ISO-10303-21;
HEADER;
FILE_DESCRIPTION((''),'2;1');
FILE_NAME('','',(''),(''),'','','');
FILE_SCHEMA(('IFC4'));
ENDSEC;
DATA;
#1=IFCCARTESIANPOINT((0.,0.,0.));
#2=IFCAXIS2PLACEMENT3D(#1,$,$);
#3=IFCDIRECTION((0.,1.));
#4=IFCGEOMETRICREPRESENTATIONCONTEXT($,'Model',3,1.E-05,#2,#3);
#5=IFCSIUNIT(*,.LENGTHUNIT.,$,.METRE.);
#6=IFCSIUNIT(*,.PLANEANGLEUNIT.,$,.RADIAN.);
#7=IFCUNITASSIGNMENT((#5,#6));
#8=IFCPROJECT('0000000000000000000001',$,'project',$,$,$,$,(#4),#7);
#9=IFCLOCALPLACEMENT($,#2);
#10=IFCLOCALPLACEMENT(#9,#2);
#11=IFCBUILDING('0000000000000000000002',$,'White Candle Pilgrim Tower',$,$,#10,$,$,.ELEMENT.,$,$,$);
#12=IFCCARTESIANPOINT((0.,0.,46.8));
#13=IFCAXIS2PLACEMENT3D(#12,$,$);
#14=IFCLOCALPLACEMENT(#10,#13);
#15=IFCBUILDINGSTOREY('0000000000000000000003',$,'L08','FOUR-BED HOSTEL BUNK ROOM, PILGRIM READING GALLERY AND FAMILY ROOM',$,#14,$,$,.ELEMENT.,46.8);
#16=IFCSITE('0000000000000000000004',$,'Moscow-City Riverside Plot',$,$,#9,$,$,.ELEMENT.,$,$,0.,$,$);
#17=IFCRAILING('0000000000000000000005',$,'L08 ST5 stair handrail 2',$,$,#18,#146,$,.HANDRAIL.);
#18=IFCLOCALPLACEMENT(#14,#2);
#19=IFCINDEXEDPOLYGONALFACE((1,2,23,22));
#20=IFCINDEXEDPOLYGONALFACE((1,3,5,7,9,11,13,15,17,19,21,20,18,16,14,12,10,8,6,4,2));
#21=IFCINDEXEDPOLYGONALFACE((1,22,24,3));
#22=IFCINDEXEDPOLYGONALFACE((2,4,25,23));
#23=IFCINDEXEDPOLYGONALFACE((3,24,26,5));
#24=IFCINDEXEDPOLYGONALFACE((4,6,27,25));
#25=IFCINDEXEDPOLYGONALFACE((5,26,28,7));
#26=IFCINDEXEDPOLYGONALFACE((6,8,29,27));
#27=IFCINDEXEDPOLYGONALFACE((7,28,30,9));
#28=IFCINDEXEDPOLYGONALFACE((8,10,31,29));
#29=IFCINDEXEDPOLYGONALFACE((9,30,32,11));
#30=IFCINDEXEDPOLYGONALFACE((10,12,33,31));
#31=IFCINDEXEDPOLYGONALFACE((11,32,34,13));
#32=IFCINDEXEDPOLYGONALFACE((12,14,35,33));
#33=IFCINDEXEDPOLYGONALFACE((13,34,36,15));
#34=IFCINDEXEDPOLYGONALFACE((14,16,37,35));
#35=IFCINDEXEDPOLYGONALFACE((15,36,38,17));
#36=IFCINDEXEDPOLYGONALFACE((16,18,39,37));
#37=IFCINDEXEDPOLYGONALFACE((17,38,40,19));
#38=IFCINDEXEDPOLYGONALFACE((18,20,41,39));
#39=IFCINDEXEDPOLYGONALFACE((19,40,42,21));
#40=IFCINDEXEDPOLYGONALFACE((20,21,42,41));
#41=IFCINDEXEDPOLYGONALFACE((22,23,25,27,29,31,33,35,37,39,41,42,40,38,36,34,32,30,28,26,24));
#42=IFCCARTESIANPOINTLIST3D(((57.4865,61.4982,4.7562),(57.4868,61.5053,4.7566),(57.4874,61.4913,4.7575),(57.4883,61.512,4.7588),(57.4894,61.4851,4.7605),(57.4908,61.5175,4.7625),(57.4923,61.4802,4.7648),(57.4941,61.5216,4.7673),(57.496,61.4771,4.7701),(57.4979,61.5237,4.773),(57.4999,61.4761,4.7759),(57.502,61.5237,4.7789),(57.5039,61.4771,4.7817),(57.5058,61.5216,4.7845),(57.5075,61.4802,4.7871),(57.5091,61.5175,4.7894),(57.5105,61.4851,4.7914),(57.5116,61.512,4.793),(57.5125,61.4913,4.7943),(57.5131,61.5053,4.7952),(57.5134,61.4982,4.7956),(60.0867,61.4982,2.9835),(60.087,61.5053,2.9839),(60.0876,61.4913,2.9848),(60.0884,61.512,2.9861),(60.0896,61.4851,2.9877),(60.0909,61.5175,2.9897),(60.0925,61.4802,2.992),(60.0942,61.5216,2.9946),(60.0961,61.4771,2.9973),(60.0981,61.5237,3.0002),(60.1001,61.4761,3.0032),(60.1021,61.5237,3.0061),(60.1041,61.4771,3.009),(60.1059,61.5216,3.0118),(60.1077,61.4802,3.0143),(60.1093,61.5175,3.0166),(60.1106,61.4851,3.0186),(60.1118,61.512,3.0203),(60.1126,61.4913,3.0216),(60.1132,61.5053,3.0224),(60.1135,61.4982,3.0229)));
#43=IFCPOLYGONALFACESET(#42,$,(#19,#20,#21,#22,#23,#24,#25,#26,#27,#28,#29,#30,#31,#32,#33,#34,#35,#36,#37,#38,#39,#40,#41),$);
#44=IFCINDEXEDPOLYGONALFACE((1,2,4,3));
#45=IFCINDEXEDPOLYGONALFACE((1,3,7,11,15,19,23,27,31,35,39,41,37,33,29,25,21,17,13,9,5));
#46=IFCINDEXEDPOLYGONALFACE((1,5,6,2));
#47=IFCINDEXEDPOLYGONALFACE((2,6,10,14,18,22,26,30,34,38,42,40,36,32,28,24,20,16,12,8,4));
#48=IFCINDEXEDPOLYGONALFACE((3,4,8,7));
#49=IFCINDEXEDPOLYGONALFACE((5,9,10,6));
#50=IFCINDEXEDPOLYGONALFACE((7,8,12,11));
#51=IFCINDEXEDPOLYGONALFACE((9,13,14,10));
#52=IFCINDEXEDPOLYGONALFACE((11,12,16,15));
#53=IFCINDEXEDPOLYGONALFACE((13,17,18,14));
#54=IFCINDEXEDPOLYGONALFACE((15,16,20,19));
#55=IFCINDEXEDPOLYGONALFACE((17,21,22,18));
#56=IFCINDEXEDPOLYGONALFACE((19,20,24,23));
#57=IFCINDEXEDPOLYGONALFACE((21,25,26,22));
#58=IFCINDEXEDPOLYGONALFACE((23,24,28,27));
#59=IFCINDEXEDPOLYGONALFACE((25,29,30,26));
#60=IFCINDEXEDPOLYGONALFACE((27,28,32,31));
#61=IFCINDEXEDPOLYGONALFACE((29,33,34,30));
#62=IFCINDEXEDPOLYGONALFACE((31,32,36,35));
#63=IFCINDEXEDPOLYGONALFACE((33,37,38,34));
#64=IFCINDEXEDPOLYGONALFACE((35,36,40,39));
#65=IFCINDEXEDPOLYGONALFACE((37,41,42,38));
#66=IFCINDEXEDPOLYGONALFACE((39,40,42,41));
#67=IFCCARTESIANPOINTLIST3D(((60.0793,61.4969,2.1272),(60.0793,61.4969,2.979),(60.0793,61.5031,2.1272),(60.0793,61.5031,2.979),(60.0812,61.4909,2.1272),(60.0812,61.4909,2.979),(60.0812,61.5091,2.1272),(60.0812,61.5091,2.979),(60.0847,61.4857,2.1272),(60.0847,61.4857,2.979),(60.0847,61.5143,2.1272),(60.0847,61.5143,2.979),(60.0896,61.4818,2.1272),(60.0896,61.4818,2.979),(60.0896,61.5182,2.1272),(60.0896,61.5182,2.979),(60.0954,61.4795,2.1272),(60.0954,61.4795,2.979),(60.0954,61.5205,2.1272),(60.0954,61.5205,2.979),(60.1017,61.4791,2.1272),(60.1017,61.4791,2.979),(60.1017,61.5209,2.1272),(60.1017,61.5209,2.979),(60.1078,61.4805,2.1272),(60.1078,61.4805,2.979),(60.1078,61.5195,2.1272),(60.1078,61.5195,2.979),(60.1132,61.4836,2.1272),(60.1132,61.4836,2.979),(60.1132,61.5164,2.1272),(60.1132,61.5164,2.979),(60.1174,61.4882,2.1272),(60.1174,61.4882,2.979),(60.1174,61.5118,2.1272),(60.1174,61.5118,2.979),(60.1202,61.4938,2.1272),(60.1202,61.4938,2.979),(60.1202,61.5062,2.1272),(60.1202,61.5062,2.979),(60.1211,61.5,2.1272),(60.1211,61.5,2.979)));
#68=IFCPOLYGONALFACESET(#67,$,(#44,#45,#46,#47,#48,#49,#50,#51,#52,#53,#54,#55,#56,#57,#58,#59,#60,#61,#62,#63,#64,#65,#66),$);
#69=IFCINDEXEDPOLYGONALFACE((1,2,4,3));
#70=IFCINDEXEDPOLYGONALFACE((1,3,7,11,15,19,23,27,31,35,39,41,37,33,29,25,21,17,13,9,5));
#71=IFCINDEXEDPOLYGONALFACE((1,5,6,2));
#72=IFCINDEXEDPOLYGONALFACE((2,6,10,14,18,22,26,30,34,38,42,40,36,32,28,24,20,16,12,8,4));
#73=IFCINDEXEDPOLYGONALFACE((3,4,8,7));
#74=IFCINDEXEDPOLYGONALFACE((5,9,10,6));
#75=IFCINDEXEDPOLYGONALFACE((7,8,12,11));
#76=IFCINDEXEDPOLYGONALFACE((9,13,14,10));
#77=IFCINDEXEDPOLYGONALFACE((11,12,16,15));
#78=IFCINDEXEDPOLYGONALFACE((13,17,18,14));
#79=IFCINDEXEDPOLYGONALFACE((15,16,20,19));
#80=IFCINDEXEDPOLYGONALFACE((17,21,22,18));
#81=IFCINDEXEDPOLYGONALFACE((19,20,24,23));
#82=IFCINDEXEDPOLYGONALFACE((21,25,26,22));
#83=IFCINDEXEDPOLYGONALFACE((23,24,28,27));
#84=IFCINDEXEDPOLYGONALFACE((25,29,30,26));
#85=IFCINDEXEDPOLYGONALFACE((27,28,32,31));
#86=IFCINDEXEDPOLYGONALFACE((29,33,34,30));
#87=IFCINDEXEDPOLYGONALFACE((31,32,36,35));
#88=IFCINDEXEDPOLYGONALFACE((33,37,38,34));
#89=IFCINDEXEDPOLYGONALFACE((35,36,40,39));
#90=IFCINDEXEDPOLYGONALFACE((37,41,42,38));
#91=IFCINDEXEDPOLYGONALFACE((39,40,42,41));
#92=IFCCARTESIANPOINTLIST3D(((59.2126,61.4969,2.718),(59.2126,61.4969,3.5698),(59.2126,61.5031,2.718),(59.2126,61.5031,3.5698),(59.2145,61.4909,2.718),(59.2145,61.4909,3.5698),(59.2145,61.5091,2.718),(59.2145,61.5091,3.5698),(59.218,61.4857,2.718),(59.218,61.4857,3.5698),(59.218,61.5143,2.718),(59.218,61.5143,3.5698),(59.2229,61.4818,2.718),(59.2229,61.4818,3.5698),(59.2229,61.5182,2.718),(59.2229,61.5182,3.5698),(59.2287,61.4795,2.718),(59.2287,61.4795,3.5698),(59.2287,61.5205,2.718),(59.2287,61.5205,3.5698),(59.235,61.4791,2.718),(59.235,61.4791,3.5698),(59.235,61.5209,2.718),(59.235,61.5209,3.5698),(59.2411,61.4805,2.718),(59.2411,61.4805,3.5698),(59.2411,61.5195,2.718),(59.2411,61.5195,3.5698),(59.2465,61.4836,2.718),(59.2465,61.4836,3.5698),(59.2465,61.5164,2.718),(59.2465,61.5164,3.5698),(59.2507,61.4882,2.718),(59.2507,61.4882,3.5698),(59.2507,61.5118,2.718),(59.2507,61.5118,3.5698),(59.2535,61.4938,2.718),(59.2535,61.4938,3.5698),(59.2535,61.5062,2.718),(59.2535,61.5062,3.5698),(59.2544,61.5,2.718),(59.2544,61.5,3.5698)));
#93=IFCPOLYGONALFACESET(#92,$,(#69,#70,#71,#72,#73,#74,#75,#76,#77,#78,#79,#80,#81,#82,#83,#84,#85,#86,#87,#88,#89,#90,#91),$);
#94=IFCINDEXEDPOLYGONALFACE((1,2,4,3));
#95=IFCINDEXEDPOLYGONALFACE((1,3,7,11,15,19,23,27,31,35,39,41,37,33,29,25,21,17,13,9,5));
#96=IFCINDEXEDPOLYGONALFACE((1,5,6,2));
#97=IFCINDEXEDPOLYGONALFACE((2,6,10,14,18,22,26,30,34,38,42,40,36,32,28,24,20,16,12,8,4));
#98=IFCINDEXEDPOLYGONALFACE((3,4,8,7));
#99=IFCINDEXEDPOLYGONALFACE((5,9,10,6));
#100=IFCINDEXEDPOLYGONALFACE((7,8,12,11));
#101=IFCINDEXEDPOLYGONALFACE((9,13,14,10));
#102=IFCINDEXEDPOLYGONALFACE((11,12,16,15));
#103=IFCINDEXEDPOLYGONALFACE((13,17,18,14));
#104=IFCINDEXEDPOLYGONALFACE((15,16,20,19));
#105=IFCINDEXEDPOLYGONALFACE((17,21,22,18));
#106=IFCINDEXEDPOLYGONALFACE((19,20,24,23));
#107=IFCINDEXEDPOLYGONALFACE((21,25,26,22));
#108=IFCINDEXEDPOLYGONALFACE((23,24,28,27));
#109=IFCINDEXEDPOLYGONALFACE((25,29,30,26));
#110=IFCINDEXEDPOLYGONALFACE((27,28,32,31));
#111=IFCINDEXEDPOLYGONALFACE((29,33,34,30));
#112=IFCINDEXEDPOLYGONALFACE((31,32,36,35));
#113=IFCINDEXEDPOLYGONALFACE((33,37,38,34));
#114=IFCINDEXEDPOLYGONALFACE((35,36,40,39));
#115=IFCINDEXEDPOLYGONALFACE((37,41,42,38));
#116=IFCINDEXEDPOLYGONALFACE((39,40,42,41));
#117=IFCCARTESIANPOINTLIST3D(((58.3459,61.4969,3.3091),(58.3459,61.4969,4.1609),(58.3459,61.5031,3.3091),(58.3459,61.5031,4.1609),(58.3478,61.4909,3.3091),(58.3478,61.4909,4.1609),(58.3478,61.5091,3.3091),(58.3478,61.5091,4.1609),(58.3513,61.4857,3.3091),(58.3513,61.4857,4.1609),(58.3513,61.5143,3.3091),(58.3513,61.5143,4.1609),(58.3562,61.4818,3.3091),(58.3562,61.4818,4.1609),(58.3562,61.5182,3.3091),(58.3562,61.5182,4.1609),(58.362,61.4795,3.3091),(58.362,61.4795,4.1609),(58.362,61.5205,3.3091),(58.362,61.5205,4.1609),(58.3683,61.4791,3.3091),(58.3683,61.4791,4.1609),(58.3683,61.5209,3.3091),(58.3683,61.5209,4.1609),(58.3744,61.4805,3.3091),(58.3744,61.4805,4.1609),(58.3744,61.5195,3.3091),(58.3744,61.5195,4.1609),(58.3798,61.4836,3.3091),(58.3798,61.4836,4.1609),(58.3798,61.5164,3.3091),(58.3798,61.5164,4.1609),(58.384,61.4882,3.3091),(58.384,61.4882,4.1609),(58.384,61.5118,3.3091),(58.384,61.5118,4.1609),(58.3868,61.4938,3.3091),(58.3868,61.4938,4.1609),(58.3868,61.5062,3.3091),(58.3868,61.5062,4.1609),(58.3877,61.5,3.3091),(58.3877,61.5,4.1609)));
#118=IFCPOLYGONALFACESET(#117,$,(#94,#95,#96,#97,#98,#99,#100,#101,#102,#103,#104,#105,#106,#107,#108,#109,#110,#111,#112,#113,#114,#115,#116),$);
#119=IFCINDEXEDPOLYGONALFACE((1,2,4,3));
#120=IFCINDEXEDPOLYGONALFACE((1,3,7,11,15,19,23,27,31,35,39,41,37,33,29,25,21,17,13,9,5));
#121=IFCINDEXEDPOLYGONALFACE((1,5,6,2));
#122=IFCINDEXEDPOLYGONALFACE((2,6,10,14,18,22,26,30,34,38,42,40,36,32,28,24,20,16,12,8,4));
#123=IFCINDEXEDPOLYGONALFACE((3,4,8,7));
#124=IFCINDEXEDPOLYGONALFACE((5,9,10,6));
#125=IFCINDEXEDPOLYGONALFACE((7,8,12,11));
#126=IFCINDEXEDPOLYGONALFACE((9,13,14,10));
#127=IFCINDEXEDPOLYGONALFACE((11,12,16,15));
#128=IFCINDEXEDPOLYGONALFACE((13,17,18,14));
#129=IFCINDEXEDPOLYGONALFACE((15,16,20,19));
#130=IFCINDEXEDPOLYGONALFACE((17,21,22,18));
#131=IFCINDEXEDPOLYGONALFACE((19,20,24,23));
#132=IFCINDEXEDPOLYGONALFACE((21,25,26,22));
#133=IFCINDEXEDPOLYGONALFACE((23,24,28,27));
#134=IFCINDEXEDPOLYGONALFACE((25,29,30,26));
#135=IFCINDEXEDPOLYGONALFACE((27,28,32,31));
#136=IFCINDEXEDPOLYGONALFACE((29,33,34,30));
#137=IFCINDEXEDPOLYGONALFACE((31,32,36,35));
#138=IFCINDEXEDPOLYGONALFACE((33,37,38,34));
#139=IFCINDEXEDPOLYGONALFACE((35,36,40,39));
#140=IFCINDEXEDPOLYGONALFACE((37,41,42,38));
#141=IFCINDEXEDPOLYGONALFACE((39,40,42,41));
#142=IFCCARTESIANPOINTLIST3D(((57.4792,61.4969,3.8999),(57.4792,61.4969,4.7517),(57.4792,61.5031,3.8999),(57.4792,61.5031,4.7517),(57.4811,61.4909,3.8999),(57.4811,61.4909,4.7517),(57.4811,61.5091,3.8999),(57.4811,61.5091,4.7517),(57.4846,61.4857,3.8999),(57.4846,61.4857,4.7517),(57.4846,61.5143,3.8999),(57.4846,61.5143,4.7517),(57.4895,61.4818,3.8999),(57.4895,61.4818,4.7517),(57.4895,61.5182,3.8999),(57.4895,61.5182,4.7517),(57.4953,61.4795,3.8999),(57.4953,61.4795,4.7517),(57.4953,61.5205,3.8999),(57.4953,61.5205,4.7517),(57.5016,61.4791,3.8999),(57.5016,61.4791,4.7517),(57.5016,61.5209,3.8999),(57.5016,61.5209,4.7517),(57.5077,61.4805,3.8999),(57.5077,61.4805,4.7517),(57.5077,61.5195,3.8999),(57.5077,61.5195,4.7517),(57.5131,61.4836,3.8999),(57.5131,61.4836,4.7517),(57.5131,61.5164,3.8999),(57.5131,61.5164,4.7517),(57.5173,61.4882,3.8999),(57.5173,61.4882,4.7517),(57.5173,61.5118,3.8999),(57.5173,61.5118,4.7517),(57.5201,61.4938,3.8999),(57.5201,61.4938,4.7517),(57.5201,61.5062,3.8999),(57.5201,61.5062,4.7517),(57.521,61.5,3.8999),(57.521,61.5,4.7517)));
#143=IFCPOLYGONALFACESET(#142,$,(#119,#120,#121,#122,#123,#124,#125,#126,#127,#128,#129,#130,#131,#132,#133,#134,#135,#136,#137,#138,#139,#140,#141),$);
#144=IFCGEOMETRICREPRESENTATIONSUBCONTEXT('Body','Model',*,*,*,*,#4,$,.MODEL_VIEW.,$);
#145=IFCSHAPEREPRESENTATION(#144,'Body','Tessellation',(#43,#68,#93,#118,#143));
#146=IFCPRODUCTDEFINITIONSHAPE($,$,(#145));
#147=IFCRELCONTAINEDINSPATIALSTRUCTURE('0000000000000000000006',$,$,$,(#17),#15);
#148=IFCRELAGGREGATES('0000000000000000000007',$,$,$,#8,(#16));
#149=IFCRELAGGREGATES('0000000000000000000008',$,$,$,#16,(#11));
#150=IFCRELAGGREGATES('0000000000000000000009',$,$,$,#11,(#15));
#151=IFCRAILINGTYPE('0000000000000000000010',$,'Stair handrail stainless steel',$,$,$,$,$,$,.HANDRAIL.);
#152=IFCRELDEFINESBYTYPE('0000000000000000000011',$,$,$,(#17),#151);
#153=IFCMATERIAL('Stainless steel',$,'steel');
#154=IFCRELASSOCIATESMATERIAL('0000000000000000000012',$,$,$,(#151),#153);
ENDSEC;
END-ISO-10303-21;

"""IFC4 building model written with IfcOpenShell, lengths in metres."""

from ifc_helpers import new_model, si_unit, direction, frame, origin, origin_2d, place, context, subcontext, project, spatial, circle, extrude, material, type_object, element, save


model = new_model("IFC4")

# Units and contexts
model_context = context("Model", 3, precision=1e-05, world=origin(), true_north=direction((0.0, 1.0)))
body_context = subcontext(model_context, "Body", "Model", "MODEL_VIEW")
ifc_project = project(units=[si_unit("LENGTHUNIT", "METRE"), si_unit("PLANEANGLEUNIT", "RADIAN")], contexts=[model_context])

# Site, building, storey
site_placement = place(None, origin())
site = spatial("IfcSite", under=ifc_project, at=site_placement, Name="Moscow-City Riverside Plot", CompositionType="ELEMENT", RefElevation=0.0)
building_placement = place(site_placement, origin())
building = spatial("IfcBuilding", under=site, at=building_placement, Name="White Candle Pilgrim Tower", CompositionType="ELEMENT")
storey_placement = place(building_placement, frame((0.0, 0.0, 46.8)))
storey = spatial("IfcBuildingStorey", under=building, at=storey_placement, Name="L08", Description="FOUR-BED HOSTEL BUNK ROOM, PILGRIM READING GALLERY AND FAMILY ROOM", CompositionType="ELEMENT", Elevation=46.8)

# Railing
ifc_material_1 = material(Name="Stainless steel", Category="steel")
railing_type_1 = type_object("IfcRailingType", Name="Stair handrail stainless steel", PredefinedType="HANDRAIL", material=ifc_material_1)
railing_1_placement = place(storey_placement, frame((60.1001, 61.5, 2.1272)))
element("IfcRailing", 1, at=railing_1_placement, inside=storey, type_object=railing_type_1, Name="L08 ST5 stair handrail 2", PredefinedType="HANDRAIL", context=body_context, shape_type="SweptSolid", body=[
    extrude(circle(Radius=0.0239, at=origin_2d()), frame((0.0, 0.0, 0.876), z_axis=(-0.82624, 0.0, 0.563318), x_axis=(0.0, -1.0, 0.0)), (0.0, 0.0, 1.0), 3.147),
    extrude(circle(Radius=0.021, at=origin_2d()), origin(), (0.0, 0.0, 1.0), 0.8518),
    extrude(circle(Radius=0.021, at=origin_2d()), frame((-0.8667, 0.0, 0.5908)), (0.0, 0.0, 1.0), 0.8518),
    extrude(circle(Radius=0.021, at=origin_2d()), frame((-1.7334, 0.0, 1.1819)), (0.0, 0.0, 1.0), 0.8518),
    extrude(circle(Radius=0.021, at=origin_2d()), frame((-2.6001, 0.0, 1.7727)), (0.0, 0.0, 1.0), 0.8518),
])

save(model, "model.ifc")
